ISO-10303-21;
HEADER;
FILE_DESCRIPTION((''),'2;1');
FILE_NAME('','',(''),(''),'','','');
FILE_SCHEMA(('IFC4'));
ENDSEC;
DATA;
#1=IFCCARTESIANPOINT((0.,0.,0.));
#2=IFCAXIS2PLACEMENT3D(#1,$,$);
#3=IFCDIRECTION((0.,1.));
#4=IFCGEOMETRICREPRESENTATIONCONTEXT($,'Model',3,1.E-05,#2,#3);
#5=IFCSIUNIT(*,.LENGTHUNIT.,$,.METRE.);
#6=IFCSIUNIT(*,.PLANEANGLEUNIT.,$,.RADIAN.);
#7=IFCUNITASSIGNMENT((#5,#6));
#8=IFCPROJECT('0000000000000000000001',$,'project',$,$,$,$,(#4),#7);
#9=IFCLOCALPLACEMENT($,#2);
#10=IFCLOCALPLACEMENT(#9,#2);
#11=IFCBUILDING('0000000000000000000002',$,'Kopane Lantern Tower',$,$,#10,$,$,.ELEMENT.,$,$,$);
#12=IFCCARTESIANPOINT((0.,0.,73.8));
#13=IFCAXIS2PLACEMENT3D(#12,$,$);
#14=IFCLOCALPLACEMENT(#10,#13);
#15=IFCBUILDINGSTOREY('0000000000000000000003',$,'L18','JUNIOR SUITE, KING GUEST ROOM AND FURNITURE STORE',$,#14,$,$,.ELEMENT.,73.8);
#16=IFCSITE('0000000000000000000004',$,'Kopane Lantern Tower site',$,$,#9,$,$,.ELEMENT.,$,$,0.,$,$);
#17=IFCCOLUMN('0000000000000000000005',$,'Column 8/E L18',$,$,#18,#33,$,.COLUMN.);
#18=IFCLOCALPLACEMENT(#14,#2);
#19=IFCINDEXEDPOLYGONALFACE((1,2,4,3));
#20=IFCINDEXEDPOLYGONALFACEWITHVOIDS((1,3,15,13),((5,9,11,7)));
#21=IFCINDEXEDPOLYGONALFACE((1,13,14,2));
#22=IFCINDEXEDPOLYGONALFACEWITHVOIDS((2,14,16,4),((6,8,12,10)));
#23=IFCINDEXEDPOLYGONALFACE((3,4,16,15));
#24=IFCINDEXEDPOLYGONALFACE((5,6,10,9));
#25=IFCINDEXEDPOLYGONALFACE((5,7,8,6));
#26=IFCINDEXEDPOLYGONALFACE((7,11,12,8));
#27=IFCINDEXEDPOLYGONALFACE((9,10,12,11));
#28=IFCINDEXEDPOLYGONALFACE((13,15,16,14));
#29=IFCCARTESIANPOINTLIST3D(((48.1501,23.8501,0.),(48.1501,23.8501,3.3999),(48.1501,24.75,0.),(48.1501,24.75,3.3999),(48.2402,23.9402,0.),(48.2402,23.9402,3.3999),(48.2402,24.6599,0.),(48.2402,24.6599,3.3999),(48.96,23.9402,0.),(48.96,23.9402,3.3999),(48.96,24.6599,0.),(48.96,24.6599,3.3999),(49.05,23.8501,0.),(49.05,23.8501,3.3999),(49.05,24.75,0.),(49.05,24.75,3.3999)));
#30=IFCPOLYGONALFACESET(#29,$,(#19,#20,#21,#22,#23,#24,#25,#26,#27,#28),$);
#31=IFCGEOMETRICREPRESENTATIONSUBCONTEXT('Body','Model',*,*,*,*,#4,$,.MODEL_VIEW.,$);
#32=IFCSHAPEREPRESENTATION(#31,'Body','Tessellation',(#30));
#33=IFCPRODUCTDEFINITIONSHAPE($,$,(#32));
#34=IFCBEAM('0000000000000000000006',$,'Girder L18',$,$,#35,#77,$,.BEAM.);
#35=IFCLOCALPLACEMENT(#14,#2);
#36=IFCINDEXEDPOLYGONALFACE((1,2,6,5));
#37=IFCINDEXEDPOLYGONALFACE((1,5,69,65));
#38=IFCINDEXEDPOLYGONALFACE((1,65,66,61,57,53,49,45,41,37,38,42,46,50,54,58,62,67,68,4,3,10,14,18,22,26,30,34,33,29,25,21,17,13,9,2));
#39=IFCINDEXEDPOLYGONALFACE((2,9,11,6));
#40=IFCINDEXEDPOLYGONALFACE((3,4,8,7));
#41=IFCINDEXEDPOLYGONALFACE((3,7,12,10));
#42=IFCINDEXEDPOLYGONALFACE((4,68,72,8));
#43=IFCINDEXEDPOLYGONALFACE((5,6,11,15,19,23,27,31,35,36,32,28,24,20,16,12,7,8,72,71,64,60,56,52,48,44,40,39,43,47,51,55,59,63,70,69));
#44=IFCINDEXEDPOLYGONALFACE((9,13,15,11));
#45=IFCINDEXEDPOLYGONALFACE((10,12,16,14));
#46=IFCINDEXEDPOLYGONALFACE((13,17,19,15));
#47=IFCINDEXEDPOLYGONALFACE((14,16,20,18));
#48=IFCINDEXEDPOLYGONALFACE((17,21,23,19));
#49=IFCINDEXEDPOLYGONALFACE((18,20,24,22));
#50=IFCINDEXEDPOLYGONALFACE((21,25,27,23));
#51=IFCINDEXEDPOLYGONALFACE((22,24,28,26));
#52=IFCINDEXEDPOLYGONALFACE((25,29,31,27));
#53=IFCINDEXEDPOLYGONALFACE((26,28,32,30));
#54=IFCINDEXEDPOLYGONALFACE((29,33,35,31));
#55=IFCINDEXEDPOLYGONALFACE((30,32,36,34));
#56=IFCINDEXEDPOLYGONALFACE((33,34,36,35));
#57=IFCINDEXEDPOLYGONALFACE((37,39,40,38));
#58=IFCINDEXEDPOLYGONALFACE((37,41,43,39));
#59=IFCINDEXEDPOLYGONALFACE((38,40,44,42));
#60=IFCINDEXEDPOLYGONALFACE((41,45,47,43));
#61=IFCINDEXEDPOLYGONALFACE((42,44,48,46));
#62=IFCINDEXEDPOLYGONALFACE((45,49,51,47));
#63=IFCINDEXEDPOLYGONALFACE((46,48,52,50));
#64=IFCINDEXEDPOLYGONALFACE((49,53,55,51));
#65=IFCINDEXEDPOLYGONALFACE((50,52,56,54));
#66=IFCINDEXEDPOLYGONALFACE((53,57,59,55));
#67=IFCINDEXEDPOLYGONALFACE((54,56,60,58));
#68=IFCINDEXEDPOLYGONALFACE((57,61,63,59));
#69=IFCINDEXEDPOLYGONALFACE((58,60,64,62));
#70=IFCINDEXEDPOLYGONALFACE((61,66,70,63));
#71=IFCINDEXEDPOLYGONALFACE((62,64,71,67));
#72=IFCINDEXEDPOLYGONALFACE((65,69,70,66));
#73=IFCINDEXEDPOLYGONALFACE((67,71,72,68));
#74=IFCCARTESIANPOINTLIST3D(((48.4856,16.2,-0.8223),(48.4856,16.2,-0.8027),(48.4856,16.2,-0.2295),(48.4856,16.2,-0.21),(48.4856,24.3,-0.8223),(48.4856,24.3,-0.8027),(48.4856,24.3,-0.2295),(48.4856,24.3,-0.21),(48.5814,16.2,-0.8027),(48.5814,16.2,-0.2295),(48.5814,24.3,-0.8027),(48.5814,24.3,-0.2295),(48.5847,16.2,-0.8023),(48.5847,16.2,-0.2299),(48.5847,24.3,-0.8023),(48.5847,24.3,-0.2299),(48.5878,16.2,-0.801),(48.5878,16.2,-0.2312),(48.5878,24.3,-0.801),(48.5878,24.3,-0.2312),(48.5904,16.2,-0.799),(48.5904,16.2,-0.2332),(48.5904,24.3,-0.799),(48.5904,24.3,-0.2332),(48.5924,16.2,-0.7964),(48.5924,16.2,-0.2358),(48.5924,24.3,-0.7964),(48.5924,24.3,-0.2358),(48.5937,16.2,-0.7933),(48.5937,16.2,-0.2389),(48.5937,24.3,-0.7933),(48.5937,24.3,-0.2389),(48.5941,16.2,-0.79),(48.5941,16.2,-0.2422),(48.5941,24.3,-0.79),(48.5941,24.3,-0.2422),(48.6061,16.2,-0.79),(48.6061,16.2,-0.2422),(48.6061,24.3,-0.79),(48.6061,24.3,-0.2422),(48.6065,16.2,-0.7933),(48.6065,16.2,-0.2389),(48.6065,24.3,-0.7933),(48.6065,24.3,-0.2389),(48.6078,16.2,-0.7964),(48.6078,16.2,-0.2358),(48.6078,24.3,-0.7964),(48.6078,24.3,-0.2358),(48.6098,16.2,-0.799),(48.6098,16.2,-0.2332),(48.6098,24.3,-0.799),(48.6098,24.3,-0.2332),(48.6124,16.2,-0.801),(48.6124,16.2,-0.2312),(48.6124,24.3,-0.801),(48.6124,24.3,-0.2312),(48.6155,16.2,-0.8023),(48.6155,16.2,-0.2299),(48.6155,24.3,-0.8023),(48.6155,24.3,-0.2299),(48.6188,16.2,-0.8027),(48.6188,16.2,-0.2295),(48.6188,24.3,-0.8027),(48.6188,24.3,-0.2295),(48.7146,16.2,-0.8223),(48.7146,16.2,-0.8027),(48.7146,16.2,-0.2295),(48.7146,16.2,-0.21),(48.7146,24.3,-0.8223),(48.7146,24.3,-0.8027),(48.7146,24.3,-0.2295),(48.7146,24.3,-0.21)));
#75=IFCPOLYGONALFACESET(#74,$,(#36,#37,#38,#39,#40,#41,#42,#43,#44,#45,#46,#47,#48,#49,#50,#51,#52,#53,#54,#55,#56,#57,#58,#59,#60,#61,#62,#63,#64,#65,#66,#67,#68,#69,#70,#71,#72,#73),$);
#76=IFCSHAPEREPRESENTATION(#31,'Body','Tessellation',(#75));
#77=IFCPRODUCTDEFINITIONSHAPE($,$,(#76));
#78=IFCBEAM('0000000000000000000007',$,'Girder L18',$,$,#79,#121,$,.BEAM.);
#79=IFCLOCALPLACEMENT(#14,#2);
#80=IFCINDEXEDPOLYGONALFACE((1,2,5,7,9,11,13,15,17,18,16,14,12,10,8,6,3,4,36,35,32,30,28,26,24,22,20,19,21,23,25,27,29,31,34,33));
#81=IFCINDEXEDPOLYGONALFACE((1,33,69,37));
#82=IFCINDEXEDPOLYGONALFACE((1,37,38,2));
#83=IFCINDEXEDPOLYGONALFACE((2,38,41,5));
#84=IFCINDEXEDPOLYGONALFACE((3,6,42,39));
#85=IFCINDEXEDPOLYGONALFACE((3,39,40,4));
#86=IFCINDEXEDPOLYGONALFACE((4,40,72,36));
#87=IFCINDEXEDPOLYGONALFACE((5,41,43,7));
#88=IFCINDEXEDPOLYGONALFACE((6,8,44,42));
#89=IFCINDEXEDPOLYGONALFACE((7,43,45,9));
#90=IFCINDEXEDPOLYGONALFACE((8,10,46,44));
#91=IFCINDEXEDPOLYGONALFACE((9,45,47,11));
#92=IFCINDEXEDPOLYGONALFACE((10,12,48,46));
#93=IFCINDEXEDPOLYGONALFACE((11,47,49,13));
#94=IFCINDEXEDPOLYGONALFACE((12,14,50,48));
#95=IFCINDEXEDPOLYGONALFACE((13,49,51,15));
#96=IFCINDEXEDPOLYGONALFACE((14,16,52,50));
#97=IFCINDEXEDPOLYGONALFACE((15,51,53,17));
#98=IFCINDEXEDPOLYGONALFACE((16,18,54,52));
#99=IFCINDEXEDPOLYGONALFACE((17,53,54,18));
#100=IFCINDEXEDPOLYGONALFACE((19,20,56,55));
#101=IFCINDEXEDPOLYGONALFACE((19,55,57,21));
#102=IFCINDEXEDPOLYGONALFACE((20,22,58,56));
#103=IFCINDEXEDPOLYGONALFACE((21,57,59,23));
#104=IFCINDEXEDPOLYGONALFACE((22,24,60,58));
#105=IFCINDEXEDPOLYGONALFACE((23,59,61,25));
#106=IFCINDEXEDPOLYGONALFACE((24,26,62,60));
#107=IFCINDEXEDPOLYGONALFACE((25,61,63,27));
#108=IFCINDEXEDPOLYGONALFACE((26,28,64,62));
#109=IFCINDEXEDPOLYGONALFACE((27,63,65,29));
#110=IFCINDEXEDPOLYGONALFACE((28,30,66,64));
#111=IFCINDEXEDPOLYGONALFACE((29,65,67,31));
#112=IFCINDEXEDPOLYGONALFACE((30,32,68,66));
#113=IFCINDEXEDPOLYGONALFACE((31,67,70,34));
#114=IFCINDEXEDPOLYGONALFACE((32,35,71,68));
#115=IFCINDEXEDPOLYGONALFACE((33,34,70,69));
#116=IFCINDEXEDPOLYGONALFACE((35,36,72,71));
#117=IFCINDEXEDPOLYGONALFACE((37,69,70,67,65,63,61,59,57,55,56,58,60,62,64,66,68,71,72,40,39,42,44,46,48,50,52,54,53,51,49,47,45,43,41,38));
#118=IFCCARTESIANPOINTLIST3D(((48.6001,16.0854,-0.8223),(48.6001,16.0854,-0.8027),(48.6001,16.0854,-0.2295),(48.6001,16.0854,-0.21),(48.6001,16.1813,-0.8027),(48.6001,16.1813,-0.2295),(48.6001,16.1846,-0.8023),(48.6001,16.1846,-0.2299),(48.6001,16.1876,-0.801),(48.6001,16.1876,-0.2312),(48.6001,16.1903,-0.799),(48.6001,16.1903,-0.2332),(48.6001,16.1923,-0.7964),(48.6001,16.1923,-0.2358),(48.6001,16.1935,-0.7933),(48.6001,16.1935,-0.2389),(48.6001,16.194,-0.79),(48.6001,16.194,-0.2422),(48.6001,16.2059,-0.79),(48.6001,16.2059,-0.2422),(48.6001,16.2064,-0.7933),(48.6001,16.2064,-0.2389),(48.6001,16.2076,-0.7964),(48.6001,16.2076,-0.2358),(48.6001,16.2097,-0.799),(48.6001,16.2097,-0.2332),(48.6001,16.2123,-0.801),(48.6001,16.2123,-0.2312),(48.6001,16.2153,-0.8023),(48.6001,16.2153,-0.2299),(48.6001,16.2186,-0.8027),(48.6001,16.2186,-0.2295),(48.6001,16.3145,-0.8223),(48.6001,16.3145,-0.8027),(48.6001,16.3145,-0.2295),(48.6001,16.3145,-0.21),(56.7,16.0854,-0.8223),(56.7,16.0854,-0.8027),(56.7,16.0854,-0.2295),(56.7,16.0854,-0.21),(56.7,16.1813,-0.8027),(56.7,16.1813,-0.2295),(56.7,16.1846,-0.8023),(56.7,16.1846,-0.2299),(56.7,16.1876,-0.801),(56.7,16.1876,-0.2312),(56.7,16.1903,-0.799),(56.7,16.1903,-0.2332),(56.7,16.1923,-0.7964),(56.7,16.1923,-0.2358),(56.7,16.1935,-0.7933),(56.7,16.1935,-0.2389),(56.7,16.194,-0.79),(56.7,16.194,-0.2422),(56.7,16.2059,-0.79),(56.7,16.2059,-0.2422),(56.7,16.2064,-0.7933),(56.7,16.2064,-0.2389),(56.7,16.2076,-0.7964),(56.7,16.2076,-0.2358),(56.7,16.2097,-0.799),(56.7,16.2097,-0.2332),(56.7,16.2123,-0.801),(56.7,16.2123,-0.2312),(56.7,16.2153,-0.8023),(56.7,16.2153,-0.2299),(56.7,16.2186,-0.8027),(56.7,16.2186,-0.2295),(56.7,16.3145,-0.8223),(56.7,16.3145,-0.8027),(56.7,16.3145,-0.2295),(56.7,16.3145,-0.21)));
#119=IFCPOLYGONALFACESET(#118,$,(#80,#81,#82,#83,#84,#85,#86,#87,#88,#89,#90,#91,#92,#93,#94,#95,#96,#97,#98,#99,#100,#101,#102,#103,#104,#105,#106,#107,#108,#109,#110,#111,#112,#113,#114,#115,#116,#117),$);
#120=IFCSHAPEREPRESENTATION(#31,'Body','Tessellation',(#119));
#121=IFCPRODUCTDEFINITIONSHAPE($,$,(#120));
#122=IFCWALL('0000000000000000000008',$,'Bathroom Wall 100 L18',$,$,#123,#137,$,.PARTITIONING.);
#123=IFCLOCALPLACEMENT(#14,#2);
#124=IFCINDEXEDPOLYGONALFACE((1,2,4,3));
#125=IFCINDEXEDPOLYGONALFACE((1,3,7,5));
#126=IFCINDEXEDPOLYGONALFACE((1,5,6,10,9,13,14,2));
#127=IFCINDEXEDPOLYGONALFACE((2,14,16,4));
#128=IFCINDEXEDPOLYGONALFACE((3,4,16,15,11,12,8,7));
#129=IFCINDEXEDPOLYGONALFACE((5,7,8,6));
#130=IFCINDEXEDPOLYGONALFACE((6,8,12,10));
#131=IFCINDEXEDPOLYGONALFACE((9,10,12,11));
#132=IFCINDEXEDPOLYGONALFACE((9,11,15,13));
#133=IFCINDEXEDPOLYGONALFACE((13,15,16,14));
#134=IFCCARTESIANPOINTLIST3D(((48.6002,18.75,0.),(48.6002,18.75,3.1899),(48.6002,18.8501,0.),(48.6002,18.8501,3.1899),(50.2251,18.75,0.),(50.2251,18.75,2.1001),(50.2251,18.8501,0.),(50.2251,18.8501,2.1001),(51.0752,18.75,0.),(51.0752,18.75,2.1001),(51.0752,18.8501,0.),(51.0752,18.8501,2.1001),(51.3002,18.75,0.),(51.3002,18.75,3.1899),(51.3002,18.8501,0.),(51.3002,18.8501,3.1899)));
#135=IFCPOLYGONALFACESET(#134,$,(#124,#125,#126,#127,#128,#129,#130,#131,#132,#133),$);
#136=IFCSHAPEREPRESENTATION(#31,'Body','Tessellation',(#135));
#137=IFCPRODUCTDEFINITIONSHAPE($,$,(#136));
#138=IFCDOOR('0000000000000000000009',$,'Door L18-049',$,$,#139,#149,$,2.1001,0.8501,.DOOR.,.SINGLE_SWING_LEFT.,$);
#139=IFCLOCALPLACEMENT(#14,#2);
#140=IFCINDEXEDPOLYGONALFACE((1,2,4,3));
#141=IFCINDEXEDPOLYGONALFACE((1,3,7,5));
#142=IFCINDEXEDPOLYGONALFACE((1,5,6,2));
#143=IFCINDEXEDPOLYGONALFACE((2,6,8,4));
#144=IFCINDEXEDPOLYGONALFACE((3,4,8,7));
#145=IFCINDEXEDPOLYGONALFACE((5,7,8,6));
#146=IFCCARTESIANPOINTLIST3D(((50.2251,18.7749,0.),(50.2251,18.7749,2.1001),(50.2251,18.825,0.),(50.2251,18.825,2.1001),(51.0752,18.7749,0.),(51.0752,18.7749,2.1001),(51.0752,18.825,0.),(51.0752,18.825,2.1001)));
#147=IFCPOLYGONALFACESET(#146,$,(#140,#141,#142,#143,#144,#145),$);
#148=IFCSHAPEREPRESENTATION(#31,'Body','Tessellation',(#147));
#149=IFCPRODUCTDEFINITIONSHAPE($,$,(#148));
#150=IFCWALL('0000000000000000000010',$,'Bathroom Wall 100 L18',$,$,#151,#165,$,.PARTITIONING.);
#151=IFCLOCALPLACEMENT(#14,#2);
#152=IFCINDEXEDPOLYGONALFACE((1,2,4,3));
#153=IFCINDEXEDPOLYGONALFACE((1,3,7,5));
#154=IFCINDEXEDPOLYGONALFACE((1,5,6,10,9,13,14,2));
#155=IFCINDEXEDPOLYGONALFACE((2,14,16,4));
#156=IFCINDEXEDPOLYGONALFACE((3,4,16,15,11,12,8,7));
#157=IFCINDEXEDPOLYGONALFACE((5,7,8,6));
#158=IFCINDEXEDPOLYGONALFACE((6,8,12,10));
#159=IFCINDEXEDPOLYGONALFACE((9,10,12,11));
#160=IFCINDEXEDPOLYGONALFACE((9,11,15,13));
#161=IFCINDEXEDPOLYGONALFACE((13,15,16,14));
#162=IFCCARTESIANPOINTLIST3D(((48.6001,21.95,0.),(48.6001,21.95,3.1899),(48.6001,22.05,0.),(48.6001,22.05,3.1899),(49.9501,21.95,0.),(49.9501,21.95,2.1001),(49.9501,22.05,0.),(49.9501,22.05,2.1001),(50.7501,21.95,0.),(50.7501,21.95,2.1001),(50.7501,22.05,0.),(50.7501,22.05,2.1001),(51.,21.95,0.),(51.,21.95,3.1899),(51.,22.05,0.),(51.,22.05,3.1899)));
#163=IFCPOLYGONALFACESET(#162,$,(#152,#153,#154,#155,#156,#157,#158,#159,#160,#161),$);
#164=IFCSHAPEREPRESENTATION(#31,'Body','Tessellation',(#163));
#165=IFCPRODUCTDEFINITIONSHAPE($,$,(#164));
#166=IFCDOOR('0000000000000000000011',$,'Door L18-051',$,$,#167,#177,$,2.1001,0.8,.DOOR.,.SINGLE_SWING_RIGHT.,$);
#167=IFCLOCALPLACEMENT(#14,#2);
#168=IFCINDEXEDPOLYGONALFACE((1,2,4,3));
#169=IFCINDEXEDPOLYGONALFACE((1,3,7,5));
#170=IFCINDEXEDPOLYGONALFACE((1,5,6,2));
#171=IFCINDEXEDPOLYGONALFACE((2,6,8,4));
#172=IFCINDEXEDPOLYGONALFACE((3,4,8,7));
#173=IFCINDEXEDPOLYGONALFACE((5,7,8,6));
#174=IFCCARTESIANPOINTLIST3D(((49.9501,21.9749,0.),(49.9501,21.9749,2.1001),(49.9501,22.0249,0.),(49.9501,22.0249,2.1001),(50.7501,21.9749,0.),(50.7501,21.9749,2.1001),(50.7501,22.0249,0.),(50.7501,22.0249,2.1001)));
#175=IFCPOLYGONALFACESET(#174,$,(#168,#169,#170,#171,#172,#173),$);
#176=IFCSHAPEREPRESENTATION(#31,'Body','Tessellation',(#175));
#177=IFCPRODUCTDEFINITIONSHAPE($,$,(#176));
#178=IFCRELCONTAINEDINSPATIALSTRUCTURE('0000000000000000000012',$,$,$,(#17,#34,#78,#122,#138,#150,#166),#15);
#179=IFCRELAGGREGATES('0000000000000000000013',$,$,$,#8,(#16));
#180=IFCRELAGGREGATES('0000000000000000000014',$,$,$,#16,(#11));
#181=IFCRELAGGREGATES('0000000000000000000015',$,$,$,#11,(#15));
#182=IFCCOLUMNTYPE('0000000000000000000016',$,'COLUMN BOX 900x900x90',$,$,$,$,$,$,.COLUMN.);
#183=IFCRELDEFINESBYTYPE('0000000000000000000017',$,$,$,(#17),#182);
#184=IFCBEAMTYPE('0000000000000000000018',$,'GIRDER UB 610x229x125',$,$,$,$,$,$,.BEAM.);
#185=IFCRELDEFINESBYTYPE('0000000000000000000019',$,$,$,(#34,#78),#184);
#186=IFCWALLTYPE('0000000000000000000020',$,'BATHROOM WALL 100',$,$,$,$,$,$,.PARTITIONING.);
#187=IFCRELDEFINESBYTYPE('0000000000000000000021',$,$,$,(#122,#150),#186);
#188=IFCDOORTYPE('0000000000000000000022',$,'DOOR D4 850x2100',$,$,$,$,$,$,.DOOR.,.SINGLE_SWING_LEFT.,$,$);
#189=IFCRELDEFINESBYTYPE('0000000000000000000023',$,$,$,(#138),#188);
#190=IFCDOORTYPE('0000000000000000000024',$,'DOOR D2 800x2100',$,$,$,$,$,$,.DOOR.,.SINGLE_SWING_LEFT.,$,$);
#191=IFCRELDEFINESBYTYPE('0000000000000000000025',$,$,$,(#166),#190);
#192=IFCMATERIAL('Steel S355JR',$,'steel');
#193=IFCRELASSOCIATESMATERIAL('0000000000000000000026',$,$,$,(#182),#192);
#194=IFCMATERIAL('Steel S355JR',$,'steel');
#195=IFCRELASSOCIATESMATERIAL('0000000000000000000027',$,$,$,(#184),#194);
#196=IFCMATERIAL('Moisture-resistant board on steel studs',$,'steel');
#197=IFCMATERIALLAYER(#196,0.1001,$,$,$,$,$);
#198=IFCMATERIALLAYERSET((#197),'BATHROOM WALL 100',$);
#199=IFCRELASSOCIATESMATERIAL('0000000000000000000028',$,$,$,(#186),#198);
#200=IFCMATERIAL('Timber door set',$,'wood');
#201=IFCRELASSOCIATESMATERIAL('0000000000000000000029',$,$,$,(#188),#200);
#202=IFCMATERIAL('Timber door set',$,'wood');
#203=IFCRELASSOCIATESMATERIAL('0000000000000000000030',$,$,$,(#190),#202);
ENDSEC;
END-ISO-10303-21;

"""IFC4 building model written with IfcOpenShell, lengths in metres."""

from ifc_helpers import new_model, si_unit, direction, frame, frame_2d, origin, origin_2d, place, context, subcontext, project, spatial, rectangle, hollow_rectangle, i_section, extrude, material, layer, layer_set, material_profile, profile_set, type_object, element, fill, save


model = new_model("IFC4")

# Units and contexts
model_context = context("Model", 3, precision=1e-05, world=origin(), true_north=direction((0.0, 1.0)))
body_context = subcontext(model_context, "Body", "Model", "MODEL_VIEW")
ifc_project = project(units=[si_unit("LENGTHUNIT", "METRE"), si_unit("PLANEANGLEUNIT", "RADIAN")], contexts=[model_context])

# Site, building, storey
site_placement = place(None, origin())
site = spatial("IfcSite", under=ifc_project, at=site_placement, Name="Kopane Lantern Tower site", CompositionType="ELEMENT", RefElevation=0.0)
building_placement = place(site_placement, origin())
building = spatial("IfcBuilding", under=site, at=building_placement, Name="Kopane Lantern Tower", CompositionType="ELEMENT")
storey_placement = place(building_placement, frame((0.0, 0.0, 73.8)))
storey = spatial("IfcBuildingStorey", under=building, at=storey_placement, Name="L18", Description="JUNIOR SUITE, KING GUEST ROOM AND FURNITURE STORE", CompositionType="ELEMENT", Elevation=73.8)

# Column
ifc_material_1 = material(Name="Steel S355JR", Category="steel")
ifc_material_profile_1 = material_profile(ifc_material_1, hollow_rectangle(XDim=0.8999, YDim=0.8999, WallThickness=0.0901, at=origin_2d()), Name="BOX 900x900x90")
ifc_profile_set_1 = profile_set([ifc_material_profile_1], Name="Steel S355JR")
column_type = type_object("IfcColumnType", Name="COLUMN BOX 900x900x90", PredefinedType="COLUMN", material=ifc_profile_set_1)
column_placement = place(storey_placement, frame((48.6001, 24.3, 0.0), z_axis=(0.0, 0.0, 1.0), x_axis=(1.0, 0.0, 0.0)))
element("IfcColumn", 1, at=column_placement, inside=storey, type_object=column_type, Name="Column 8/E L18", PredefinedType="COLUMN", context=body_context, shape_type="SweptSolid", body=[
    extrude(hollow_rectangle(XDim=0.8999, YDim=0.8999, WallThickness=0.0901, at=origin_2d()), origin(), (0.0, 0.0, 1.0), 3.3999),
])

# Beams
ifc_material_2 = material(Name="Steel S355JR", Category="steel")
ifc_material_profile_2 = material_profile(ifc_material_2, i_section(OverallWidth=0.229, OverallDepth=0.6123, WebThickness=0.012, FlangeThickness=0.0195, FilletRadius=0.0127, at=origin_2d()), Name="UB 610x229x125")
ifc_profile_set_2 = profile_set([ifc_material_profile_2], Name="Steel S355JR")
beam_type = type_object("IfcBeamType", Name="GIRDER UB 610x229x125", PredefinedType="BEAM", material=ifc_profile_set_2)
beam_1_placement = place(storey_placement, frame((48.6001, 16.2, -0.5161), z_axis=(0.0, 1.0, 0.0), x_axis=(-1.0, 0.0, 0.0)))
element("IfcBeam", 2, at=beam_1_placement, inside=storey, type_object=beam_type, Name="Girder L18", PredefinedType="BEAM", context=body_context, shape_type="SweptSolid", body=[
    extrude(i_section(OverallWidth=0.229, OverallDepth=0.6123, WebThickness=0.012, FlangeThickness=0.0195, FilletRadius=0.0127, at=origin_2d()), origin(), (0.0, 0.0, 1.0), 8.1001),
])
beam_2_placement = place(storey_placement, frame((48.6001, 16.2, -0.5161), z_axis=(1.0, 0.0, 0.0), x_axis=(0.0, 1.0, 0.0)))
element("IfcBeam", 3, at=beam_2_placement, inside=storey, type_object=beam_type, Name="Girder L18", PredefinedType="BEAM", context=body_context, shape_type="SweptSolid", body=[
    extrude(i_section(OverallWidth=0.229, OverallDepth=0.6123, WebThickness=0.012, FlangeThickness=0.0195, FilletRadius=0.0127, at=origin_2d()), origin(), (0.0, 0.0, 1.0), 8.0999),
])

# Walls, openings, doors
ifc_material_3 = material(Name="Moisture-resistant board on steel studs", Category="steel")
ifc_layer_1 = layer(ifc_material_3, 0.1001)
ifc_layer_set_1 = layer_set([ifc_layer_1], Name="BATHROOM WALL 100")
wall_type_1 = type_object("IfcWallType", Name="BATHROOM WALL 100", PredefinedType="PARTITIONING", material=ifc_layer_set_1)
wall_1_placement = place(storey_placement, frame((48.6001, 18.8, 0.0), z_axis=(0.0, 0.0, 1.0), x_axis=(1.0, 0.0, 0.0)))
wall_1 = element("IfcWall", 4, at=wall_1_placement, inside=storey, type_object=wall_type_1, Name="Bathroom Wall 100 L18", PredefinedType="PARTITIONING", context=body_context, shape_type="SweptSolid", body=[
    extrude(rectangle(XDim=2.7, YDim=0.1001, at=frame_2d((1.3501, 0.0))), origin(), (0.0, 0.0, 1.0), 3.1899),
])
opening_1_placement = place(wall_1_placement, frame((1.625, 0.0, 0.0)))
opening_1 = element("IfcOpeningElement", 5, at=opening_1_placement, cuts=wall_1, PredefinedType="OPENING", context=body_context, shape_type="SweptSolid", body=[
    extrude(rectangle(XDim=0.8501, YDim=2.1001, at=frame_2d((0.425, 1.05))), frame((0.0, 0.0601, 0.0), z_axis=(0.0, -1.0, 0.0), x_axis=(1.0, 0.0, 0.0)), (0.0, 0.0, 1.0), 0.1201),
])
ifc_material_4 = material(Name="Timber door set", Category="wood")
door_type_1 = type_object("IfcDoorType", Name="DOOR D4 850x2100", OperationType="SINGLE_SWING_LEFT", PredefinedType="DOOR", material=ifc_material_4)
door_1_placement = place(opening_1_placement, origin())
door_1 = element("IfcDoor", 6, at=door_1_placement, inside=storey, type_object=door_type_1, Name="Door L18-049", OperationType="SINGLE_SWING_LEFT", OverallHeight=2.1001, OverallWidth=0.8501, PredefinedType="DOOR", context=body_context, shape_type="SweptSolid", body=[
    extrude(rectangle(XDim=0.8501, YDim=2.1001, at=frame_2d((0.425, 1.05))), frame((0.0, 0.0249, 0.0), z_axis=(0.0, -1.0, 0.0), x_axis=(1.0, 0.0, 0.0)), (0.0, 0.0, 1.0), 0.05),
])
fill(opening_1, door_1)
wall_2_placement = place(storey_placement, frame((48.6001, 22.0, 0.0), z_axis=(0.0, 0.0, 1.0), x_axis=(1.0, 0.0, 0.0)))
wall_2 = element("IfcWall", 7, at=wall_2_placement, inside=storey, type_object=wall_type_1, Name="Bathroom Wall 100 L18", PredefinedType="PARTITIONING", context=body_context, shape_type="SweptSolid", body=[
    extrude(rectangle(XDim=2.3999, YDim=0.1001, at=frame_2d((1.2, 0.0))), origin(), (0.0, 0.0, 1.0), 3.1899),
])
opening_2_placement = place(wall_2_placement, frame((1.3501, 0.0, 0.0)))
opening_2 = element("IfcOpeningElement", 8, at=opening_2_placement, cuts=wall_2, PredefinedType="OPENING", context=body_context, shape_type="SweptSolid", body=[
    extrude(rectangle(XDim=0.8, YDim=2.1001, at=frame_2d((0.3999, 1.05))), frame((0.0, 0.0601, 0.0), z_axis=(0.0, -1.0, 0.0), x_axis=(1.0, 0.0, 0.0)), (0.0, 0.0, 1.0), 0.1201),
])
ifc_material_5 = material(Name="Timber door set", Category="wood")
door_type_2 = type_object("IfcDoorType", Name="DOOR D2 800x2100", OperationType="SINGLE_SWING_LEFT", PredefinedType="DOOR", material=ifc_material_5)
door_2_placement = place(opening_2_placement, origin())
door_2 = element("IfcDoor", 9, at=door_2_placement, inside=storey, type_object=door_type_2, Name="Door L18-051", OperationType="SINGLE_SWING_RIGHT", OverallHeight=2.1001, OverallWidth=0.8, PredefinedType="DOOR", context=body_context, shape_type="SweptSolid", body=[
    extrude(rectangle(XDim=0.8, YDim=2.1001, at=frame_2d((0.3999, 1.05))), frame((0.0, 0.0249, 0.0), z_axis=(0.0, -1.0, 0.0), x_axis=(1.0, 0.0, 0.0)), (0.0, 0.0, 1.0), 0.05),
])
fill(opening_2, door_2)

save(model, "model.ifc")
